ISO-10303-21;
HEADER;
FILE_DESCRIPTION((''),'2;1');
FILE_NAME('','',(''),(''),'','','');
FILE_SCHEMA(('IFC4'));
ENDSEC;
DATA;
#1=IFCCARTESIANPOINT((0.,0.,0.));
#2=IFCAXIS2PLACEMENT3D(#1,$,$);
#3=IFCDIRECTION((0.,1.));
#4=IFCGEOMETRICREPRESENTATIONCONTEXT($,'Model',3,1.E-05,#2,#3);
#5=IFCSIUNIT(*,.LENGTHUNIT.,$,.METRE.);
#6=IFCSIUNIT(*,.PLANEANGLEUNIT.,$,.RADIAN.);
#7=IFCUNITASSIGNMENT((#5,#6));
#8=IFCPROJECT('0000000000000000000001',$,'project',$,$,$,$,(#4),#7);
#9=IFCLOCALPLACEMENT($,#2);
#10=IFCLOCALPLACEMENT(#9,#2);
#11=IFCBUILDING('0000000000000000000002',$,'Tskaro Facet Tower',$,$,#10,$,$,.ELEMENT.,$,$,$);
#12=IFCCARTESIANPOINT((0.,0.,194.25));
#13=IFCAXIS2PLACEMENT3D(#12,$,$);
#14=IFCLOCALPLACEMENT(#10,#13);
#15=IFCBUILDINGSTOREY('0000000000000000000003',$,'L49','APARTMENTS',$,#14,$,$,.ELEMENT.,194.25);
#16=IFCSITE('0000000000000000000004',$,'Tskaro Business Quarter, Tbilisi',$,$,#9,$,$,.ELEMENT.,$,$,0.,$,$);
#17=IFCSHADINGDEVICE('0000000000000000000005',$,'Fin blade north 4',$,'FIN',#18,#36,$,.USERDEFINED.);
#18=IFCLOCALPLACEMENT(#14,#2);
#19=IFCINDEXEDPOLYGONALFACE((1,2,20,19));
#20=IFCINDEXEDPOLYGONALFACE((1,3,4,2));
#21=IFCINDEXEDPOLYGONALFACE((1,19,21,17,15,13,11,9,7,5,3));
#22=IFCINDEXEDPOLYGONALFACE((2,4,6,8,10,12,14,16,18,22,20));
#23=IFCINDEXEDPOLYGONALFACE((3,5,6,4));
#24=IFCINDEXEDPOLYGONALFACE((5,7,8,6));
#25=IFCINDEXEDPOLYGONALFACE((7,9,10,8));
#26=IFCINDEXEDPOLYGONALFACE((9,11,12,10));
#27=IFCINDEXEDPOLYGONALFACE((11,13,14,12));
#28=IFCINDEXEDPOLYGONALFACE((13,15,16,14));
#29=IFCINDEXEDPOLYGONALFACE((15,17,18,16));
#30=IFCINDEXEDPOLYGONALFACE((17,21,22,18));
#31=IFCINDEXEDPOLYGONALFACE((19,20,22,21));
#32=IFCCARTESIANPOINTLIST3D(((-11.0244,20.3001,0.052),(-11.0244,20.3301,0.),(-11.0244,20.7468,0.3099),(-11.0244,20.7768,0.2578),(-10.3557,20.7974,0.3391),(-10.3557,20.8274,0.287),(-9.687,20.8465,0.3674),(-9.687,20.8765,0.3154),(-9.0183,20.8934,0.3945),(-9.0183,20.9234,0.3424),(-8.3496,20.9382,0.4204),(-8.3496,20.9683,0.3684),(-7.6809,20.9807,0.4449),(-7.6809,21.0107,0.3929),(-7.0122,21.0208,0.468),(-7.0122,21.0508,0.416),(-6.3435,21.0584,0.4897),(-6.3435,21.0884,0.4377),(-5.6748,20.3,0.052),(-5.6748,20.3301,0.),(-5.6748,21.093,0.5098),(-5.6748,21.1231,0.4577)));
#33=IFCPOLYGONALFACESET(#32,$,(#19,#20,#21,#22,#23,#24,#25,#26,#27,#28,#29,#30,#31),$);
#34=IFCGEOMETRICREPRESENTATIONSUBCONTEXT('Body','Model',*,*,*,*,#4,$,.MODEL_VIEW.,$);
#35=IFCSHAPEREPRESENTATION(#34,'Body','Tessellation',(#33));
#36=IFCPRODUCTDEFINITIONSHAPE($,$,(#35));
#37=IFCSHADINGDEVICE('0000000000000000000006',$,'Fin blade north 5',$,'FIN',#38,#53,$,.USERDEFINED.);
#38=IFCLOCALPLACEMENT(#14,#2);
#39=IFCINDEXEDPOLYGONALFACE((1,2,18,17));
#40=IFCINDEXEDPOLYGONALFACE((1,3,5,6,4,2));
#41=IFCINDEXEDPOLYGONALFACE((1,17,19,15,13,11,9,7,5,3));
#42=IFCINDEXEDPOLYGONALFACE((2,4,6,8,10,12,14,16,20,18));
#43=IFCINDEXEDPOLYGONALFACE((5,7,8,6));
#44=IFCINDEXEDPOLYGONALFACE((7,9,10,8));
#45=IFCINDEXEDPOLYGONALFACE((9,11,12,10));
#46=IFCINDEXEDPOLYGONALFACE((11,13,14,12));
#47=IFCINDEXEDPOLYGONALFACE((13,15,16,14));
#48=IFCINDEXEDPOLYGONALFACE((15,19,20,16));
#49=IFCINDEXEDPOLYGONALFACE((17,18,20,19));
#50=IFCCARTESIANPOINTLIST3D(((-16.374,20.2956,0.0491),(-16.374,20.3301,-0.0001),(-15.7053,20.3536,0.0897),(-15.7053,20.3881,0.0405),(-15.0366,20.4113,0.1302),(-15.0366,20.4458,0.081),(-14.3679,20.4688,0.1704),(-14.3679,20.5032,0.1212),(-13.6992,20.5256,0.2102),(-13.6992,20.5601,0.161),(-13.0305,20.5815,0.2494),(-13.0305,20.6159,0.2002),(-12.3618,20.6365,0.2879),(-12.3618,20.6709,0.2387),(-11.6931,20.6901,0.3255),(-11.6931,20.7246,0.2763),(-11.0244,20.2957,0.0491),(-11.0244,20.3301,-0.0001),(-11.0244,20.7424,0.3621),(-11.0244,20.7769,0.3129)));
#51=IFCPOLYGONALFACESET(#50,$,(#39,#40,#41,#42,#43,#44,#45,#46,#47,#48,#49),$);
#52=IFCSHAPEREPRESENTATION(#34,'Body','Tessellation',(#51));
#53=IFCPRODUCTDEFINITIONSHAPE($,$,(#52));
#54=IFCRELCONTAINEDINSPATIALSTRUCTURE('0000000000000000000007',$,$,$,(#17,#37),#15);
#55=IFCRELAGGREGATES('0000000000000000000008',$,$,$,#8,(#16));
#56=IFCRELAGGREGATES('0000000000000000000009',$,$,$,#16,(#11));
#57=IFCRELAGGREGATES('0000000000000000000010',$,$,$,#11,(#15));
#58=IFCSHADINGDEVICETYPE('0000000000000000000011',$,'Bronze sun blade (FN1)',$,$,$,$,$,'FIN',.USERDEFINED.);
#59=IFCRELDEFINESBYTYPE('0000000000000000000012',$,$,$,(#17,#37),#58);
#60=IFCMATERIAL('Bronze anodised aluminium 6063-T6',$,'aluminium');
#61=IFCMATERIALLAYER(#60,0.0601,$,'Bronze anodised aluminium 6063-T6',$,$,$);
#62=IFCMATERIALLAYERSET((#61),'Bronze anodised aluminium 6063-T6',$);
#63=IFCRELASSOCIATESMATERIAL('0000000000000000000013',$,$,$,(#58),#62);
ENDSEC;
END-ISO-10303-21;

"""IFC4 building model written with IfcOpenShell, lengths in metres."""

from ifc_helpers import new_model, si_unit, direction, frame, origin, place, context, subcontext, project, spatial, polyline, outline, extrude, material, layer, layer_set, type_object, element, save


model = new_model("IFC4")

# Units and contexts
model_context = context("Model", 3, precision=1e-05, world=origin(), true_north=direction((0.0, 1.0)))
body_context = subcontext(model_context, "Body", "Model", "MODEL_VIEW")
ifc_project = project(units=[si_unit("LENGTHUNIT", "METRE"), si_unit("PLANEANGLEUNIT", "RADIAN")], contexts=[model_context])

# Site, building, storey
site_placement = place(None, origin())
site = spatial("IfcSite", under=ifc_project, at=site_placement, Name="Tskaro Business Quarter, Tbilisi", CompositionType="ELEMENT", RefElevation=0.0)
building_placement = place(site_placement, origin())
building = spatial("IfcBuilding", under=site, at=building_placement, Name="Tskaro Facet Tower", CompositionType="ELEMENT")
storey_placement = place(building_placement, frame((0.0, 0.0, 194.25)))
storey = spatial("IfcBuildingStorey", under=building, at=storey_placement, Name="L49", Description="APARTMENTS", CompositionType="ELEMENT", Elevation=194.25)

# Shared definitions
ifc_material_1 = material(Name="Bronze anodised aluminium 6063-T6", Category="aluminium")

# Shading devices
ifc_layer_1 = layer(ifc_material_1, 0.0601, Name="Bronze anodised aluminium 6063-T6")
ifc_layer_set_1 = layer_set([ifc_layer_1], Name="Bronze anodised aluminium 6063-T6")
shading_device_type = type_object("IfcShadingDeviceType", Name="Bronze sun blade (FN1)", ElementType="FIN", PredefinedType="USERDEFINED", material=ifc_layer_set_1)
shading_device_1_placement = place(storey_placement, frame((-5.6748, 20.3, 0.052), z_axis=(-0.000007, -0.499939, 0.866061), x_axis=(-1.0, 0.000004, -0.000006)))
element("IfcShadingDevice", 1, at=shading_device_1_placement, inside=storey, type_object=shading_device_type, Name="Fin blade north 4", ObjectType="FIN", PredefinedType="USERDEFINED", context=body_context, shape_type="SweptSolid", body=[
    extrude(outline(polyline([(0.0, 0.0), (5.3496, 0.0), (5.3496, -0.5158), (4.6809, -0.5742), (4.0122, -0.6309), (3.3435, -0.685), (2.6748, -0.7369), (2.0061, -0.7859), (1.3374, -0.8322), (0.6687, -0.8756), (0.0, -0.9156), (0.0, 0.0)])), origin(), (0.0, 0.0, -1.0), 0.0601),
])
shading_device_2_placement = place(storey_placement, frame((-11.0244, 20.2957, 0.0491), z_axis=(0.000009, -0.573831, 0.818974), x_axis=(-1.0, -0.000005, 0.000007)))
element("IfcShadingDevice", 2, at=shading_device_2_placement, inside=storey, type_object=shading_device_type, Name="Fin blade north 5", ObjectType="FIN", PredefinedType="USERDEFINED", context=body_context, shape_type="SweptSolid", body=[
    extrude(outline(polyline([(0.0, 0.0), (5.3496, 0.0), (4.6809, -0.0708), (4.0122, -0.1413), (3.3435, -0.2114), (2.6748, -0.2808), (2.0061, -0.349), (1.3374, -0.4161), (0.6687, -0.4817), (0.0, -0.5455), (0.0, 0.0)])), origin(), (0.0, 0.0, -1.0), 0.0601),
])

save(model, "model.ifc")
